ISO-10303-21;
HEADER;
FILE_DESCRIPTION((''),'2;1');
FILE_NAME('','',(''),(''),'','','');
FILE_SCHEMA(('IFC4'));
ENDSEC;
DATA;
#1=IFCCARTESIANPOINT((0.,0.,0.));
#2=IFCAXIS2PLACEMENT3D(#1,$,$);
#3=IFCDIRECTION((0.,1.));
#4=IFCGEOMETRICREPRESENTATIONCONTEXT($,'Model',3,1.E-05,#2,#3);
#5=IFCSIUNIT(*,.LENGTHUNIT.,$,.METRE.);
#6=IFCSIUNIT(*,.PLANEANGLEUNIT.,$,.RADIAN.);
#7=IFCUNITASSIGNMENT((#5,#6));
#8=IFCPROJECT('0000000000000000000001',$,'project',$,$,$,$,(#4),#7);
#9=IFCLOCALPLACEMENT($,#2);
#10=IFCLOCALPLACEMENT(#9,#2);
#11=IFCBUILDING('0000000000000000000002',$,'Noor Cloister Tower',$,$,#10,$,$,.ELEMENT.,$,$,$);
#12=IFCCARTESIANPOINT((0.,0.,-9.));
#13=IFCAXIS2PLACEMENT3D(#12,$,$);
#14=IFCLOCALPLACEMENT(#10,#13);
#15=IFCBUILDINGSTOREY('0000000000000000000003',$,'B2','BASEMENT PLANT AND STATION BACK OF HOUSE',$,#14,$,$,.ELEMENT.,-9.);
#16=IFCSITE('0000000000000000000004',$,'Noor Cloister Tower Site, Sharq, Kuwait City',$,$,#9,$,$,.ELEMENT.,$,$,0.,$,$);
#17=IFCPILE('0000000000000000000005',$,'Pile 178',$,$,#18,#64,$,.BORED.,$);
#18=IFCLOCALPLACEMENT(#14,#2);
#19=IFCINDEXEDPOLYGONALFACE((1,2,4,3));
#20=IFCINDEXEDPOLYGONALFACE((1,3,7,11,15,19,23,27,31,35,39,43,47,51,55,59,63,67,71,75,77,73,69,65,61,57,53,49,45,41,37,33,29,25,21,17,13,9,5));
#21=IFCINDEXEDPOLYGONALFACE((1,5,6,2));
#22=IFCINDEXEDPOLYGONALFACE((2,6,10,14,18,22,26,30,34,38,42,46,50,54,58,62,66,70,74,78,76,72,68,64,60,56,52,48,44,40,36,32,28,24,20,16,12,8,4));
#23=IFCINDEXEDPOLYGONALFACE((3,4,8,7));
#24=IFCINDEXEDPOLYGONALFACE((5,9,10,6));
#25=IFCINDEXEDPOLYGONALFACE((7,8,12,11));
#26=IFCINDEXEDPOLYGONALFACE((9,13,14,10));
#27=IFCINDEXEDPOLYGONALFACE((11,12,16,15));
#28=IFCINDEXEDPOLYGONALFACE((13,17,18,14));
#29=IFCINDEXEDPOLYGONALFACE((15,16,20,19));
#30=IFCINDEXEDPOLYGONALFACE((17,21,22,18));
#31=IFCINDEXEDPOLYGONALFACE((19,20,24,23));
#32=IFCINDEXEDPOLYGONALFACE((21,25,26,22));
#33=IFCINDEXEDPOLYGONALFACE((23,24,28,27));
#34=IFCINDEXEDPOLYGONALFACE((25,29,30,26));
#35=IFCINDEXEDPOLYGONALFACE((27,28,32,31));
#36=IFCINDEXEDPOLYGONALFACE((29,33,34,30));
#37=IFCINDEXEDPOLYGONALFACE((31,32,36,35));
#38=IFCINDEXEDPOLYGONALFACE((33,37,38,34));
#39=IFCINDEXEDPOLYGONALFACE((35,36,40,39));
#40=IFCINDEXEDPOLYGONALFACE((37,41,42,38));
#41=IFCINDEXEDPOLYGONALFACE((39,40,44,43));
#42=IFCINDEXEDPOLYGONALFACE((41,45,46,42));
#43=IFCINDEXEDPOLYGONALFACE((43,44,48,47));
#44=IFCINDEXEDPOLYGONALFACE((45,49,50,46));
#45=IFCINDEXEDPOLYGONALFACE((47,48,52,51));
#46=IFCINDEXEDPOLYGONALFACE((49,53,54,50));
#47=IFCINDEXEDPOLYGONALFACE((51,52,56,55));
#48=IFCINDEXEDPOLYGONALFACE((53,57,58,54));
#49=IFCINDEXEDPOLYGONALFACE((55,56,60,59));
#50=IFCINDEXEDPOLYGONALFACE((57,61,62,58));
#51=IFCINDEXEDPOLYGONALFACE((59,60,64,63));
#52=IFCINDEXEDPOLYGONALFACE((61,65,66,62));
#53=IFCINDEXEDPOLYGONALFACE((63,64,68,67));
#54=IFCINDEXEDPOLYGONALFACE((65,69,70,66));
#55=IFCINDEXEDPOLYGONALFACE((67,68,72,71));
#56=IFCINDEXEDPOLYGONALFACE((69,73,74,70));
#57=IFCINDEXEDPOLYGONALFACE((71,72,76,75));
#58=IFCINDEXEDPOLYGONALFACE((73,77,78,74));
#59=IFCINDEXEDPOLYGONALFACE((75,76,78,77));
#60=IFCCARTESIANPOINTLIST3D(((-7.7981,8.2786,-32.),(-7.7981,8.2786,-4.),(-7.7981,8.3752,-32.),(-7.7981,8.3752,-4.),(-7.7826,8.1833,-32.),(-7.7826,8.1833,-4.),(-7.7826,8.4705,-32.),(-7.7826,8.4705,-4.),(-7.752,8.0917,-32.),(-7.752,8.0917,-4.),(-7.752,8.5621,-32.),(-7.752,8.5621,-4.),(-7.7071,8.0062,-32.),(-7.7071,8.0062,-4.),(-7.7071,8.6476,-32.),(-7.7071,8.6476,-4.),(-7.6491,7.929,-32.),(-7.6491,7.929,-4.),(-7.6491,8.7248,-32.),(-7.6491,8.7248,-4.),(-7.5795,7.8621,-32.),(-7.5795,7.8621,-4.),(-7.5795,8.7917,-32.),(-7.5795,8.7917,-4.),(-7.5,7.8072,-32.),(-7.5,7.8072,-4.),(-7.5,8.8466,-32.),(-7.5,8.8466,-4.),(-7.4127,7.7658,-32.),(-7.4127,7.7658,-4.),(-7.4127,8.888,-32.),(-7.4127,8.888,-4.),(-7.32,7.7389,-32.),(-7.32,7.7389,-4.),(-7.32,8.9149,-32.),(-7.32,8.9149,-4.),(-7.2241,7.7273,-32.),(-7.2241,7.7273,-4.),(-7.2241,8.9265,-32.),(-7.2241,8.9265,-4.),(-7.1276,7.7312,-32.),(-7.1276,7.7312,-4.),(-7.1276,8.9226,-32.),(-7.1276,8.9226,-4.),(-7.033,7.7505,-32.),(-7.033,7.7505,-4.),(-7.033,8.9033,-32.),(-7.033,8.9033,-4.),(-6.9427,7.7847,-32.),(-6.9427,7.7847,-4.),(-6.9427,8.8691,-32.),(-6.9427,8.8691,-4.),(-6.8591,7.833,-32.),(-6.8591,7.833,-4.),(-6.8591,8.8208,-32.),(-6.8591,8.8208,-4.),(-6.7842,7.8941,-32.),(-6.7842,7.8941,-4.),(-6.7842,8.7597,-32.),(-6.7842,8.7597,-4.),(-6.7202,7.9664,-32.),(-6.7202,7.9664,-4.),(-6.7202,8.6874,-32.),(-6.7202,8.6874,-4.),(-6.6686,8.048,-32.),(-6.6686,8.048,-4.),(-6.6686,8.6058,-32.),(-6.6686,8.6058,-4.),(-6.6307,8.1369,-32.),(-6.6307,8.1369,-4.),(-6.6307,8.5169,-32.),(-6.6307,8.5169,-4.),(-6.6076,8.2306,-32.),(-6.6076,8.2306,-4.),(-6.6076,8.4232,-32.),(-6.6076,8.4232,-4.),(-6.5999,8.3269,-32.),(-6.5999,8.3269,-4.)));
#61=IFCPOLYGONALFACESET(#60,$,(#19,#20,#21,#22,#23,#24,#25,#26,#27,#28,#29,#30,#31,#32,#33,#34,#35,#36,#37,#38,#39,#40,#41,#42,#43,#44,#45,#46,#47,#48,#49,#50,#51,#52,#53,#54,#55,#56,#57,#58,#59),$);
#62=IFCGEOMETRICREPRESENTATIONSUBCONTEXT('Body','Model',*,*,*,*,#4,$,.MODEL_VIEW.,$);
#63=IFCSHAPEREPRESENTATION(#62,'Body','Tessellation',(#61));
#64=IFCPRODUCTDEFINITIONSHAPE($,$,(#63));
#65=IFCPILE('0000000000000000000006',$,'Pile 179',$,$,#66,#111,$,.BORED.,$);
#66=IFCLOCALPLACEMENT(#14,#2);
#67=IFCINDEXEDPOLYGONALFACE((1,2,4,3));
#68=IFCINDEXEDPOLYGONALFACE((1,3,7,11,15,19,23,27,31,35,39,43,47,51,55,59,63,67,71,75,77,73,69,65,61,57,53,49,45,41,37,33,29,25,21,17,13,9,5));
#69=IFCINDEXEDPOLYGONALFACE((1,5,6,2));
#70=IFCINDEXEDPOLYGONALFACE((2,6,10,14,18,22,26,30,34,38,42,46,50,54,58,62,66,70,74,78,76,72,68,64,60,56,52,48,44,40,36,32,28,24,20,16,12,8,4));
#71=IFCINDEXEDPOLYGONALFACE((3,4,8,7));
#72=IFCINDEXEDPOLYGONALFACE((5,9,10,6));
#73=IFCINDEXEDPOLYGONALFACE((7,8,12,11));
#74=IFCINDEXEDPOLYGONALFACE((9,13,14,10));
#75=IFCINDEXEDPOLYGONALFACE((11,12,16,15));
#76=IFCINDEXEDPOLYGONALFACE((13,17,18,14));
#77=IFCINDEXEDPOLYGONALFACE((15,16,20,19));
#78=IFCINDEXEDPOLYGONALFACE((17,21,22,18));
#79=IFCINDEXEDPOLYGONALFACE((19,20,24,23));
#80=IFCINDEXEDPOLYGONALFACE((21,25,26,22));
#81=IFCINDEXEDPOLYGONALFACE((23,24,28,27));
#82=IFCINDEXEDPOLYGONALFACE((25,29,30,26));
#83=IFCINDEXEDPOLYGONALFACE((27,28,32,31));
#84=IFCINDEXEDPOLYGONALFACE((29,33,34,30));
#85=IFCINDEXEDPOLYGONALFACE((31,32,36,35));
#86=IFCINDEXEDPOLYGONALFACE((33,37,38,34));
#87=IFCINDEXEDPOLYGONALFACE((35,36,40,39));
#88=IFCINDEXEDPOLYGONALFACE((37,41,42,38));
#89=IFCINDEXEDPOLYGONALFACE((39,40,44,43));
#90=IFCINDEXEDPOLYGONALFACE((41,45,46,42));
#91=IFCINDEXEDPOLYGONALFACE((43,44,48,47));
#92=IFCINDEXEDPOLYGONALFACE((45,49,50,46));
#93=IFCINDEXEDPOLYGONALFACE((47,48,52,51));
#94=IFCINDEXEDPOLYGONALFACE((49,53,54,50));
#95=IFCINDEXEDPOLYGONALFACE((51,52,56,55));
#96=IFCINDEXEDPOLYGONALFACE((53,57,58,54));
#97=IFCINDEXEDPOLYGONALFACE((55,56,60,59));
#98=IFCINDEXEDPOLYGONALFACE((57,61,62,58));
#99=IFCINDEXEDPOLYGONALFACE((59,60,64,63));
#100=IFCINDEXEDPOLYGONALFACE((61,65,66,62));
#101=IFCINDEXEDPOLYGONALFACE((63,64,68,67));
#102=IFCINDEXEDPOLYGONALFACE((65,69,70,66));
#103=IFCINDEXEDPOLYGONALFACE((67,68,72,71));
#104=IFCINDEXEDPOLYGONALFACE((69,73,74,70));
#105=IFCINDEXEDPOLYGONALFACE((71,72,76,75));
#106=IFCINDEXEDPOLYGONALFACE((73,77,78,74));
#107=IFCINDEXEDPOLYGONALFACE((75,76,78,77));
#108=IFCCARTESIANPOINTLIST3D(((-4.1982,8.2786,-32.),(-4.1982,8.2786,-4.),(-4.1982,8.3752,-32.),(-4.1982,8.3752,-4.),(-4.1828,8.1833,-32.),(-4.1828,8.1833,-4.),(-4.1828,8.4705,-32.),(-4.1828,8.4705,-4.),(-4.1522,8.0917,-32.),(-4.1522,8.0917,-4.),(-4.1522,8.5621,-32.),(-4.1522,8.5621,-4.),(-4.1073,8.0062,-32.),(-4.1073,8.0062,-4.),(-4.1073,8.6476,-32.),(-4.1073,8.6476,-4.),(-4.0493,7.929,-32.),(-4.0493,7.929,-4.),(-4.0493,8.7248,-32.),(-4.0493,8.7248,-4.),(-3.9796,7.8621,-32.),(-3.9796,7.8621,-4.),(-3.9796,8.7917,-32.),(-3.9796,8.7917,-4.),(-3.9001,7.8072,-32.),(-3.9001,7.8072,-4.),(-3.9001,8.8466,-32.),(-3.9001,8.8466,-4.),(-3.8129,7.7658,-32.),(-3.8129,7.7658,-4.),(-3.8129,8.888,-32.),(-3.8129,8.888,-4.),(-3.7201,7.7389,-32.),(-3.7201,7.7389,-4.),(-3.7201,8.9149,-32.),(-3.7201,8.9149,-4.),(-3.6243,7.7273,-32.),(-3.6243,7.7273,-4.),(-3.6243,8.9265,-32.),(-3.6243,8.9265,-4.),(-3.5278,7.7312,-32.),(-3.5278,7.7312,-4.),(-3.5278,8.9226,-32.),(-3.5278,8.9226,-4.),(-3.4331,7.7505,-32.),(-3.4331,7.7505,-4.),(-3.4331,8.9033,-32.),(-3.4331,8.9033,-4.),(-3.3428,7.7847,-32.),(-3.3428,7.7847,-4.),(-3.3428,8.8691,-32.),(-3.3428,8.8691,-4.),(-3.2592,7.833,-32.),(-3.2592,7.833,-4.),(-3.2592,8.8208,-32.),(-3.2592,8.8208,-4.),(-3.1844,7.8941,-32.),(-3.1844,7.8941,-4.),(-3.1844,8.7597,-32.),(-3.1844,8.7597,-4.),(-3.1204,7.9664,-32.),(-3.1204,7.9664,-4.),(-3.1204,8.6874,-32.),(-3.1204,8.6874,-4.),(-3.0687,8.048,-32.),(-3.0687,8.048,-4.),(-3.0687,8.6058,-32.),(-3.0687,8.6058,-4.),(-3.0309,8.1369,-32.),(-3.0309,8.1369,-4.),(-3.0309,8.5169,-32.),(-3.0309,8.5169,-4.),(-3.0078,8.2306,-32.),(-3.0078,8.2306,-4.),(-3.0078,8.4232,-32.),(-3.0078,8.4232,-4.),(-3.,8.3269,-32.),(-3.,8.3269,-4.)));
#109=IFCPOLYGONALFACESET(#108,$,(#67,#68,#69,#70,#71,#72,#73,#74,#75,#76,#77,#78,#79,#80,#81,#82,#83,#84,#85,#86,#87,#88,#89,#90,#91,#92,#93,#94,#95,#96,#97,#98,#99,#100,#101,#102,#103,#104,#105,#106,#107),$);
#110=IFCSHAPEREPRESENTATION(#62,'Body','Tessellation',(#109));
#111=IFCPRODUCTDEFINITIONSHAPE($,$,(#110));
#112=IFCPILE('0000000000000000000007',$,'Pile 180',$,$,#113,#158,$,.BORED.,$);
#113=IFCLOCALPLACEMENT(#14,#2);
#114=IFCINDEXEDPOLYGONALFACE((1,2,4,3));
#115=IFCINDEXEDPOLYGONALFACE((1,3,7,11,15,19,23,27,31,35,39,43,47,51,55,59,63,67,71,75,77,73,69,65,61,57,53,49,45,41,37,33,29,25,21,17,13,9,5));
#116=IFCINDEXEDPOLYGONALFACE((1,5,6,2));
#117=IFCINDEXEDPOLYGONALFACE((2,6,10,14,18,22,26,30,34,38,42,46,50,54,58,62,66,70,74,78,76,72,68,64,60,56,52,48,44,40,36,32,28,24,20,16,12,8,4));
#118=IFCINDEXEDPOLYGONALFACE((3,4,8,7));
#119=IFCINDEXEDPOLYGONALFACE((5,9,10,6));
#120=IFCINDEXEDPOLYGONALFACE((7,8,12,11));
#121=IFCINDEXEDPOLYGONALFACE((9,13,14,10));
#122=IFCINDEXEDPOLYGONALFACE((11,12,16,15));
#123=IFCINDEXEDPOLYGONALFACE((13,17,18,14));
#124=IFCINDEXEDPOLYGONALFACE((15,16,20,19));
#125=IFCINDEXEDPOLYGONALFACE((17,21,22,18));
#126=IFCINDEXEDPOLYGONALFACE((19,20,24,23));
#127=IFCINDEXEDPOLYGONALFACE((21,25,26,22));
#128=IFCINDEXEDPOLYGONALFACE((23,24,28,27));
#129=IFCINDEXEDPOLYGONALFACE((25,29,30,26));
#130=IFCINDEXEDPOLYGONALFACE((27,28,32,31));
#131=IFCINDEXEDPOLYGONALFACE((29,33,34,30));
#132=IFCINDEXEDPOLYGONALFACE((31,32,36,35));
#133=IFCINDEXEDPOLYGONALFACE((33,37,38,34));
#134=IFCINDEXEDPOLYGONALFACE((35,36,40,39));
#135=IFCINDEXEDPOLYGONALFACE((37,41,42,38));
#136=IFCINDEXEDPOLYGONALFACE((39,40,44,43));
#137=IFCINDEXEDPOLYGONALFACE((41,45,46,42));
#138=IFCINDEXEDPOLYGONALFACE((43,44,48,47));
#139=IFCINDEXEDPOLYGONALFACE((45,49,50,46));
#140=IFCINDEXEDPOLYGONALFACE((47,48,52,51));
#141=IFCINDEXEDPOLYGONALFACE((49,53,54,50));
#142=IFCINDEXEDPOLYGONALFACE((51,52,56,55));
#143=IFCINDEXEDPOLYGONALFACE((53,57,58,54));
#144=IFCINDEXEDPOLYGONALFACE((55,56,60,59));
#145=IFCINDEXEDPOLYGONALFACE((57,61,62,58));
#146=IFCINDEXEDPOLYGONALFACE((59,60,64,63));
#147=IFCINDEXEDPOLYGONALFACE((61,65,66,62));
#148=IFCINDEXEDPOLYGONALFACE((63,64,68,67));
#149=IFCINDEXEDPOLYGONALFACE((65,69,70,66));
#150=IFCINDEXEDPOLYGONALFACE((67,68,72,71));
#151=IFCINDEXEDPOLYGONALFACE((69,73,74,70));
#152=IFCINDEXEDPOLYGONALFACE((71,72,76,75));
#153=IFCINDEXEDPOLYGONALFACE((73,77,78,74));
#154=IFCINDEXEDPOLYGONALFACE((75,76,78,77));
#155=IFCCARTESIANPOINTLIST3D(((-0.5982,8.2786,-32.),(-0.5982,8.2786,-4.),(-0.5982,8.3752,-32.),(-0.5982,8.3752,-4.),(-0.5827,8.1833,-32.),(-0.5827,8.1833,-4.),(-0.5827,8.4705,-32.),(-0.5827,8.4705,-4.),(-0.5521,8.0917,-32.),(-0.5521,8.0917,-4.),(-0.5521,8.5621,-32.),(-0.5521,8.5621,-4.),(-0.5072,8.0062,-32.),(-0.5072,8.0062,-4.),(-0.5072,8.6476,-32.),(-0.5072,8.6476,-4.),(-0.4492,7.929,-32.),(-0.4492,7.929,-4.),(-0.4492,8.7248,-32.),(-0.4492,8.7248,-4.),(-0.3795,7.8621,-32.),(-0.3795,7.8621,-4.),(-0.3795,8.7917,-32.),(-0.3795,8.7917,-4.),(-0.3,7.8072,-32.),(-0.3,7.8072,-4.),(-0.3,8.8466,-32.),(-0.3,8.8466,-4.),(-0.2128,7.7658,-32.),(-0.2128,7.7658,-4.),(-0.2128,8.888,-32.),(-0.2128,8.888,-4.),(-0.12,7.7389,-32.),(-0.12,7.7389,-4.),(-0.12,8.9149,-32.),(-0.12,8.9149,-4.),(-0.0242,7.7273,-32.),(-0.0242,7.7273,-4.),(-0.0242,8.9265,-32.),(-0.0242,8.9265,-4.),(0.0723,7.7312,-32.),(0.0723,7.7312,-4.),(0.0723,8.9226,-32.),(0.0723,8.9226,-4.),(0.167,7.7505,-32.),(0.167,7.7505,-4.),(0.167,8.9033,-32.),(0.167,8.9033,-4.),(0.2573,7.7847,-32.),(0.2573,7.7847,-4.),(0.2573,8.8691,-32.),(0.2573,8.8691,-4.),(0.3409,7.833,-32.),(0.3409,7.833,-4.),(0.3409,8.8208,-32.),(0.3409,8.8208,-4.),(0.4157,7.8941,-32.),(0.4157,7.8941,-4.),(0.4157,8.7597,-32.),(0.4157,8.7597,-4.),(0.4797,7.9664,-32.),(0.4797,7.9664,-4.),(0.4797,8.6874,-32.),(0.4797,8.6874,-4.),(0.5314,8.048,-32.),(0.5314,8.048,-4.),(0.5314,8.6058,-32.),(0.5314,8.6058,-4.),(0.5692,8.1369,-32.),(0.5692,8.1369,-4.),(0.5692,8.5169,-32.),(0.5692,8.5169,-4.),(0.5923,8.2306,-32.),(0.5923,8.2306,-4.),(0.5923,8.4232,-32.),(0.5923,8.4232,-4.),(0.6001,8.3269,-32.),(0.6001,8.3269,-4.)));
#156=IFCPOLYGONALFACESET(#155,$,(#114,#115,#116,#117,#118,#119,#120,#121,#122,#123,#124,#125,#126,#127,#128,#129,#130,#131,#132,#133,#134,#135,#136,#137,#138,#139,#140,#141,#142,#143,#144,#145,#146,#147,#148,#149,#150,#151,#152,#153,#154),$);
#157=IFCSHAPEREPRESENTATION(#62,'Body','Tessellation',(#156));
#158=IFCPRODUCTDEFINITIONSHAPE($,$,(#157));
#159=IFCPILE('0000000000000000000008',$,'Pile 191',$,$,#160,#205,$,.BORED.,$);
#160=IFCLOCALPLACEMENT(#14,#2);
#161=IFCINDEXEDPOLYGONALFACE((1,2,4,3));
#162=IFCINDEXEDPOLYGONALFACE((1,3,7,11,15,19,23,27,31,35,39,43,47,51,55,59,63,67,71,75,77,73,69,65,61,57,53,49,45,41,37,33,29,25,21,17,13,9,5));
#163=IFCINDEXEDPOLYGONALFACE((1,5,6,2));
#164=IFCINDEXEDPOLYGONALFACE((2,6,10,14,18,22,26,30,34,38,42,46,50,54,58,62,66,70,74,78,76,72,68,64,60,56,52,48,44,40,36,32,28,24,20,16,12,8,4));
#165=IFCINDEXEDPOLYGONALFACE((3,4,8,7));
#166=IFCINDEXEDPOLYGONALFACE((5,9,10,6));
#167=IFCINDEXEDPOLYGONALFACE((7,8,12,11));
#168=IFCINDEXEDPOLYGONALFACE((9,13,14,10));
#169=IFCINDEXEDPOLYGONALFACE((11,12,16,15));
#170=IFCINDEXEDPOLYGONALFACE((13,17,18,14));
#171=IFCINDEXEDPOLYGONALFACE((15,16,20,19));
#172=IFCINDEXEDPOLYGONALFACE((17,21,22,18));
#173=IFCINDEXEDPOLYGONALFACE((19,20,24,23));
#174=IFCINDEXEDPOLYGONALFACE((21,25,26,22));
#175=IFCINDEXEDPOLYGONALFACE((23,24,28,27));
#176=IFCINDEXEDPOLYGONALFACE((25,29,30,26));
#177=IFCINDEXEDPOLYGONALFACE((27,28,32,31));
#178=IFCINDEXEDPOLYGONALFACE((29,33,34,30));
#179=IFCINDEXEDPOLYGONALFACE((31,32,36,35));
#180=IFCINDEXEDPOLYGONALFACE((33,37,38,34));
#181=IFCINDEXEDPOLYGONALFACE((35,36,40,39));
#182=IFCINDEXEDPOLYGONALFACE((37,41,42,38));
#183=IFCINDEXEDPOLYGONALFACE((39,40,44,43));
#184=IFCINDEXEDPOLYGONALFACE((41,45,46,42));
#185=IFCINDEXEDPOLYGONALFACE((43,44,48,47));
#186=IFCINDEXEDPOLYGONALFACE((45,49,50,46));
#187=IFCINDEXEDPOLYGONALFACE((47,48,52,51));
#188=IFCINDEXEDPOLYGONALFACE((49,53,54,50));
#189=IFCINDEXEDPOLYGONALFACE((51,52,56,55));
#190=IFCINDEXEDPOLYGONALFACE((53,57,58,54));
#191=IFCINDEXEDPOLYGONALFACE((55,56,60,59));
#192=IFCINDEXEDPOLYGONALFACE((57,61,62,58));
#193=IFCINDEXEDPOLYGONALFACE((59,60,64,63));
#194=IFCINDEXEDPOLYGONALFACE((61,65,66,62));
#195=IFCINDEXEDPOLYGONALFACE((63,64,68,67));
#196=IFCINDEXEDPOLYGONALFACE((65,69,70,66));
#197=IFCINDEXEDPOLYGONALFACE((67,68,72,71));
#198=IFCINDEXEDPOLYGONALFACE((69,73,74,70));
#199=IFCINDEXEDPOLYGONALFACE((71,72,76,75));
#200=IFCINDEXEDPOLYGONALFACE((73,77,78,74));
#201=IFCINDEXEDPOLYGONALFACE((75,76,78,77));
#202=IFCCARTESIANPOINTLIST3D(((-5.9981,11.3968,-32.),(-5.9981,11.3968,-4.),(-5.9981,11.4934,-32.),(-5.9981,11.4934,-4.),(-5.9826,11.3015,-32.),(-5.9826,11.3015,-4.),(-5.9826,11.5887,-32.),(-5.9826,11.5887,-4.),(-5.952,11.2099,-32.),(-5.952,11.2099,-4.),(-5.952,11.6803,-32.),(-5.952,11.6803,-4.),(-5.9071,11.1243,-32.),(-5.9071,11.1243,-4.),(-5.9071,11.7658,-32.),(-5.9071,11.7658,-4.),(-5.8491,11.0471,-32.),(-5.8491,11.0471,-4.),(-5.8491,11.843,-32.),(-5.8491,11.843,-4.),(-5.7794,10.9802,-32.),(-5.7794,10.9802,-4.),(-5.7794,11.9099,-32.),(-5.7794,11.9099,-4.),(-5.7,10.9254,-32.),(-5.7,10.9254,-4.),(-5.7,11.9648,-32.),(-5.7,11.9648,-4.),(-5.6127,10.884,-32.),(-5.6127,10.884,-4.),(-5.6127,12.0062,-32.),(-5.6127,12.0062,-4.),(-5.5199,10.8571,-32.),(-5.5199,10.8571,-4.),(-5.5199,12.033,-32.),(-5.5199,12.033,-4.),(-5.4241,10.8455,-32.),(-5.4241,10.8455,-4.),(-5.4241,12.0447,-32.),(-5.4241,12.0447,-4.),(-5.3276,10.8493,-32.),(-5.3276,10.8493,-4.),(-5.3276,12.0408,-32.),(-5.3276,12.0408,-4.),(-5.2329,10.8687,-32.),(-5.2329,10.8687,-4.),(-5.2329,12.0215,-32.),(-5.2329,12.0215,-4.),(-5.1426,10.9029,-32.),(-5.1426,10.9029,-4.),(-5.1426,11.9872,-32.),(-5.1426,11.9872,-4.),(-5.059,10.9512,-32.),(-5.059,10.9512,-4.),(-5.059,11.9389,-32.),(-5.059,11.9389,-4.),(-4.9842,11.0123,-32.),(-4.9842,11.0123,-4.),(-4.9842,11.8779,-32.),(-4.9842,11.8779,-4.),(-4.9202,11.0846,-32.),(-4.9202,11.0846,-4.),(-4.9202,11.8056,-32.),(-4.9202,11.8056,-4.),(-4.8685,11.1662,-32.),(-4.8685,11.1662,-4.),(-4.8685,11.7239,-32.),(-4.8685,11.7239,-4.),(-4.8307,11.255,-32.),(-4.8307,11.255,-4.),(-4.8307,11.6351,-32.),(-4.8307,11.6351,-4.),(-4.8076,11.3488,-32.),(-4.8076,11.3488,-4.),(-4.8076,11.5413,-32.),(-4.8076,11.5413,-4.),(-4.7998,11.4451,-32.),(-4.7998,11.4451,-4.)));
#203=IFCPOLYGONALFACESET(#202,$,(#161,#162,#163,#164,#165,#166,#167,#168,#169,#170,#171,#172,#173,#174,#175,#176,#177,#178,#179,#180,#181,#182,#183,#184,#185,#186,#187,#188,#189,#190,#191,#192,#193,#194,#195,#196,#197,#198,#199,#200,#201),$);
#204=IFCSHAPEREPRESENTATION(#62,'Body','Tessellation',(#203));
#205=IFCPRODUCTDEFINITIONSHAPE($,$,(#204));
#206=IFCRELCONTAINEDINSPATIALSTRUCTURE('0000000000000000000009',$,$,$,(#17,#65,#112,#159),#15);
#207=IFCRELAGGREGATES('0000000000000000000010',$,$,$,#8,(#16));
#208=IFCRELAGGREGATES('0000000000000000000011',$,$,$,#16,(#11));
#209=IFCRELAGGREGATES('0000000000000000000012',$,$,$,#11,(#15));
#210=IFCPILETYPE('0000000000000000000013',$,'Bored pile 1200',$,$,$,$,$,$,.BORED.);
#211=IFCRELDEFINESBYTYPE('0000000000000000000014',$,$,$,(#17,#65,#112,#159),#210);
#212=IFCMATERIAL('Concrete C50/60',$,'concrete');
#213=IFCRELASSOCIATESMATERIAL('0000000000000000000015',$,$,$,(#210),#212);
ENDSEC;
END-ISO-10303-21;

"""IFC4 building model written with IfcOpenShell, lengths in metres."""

from ifc_helpers import new_model, si_unit, direction, frame, origin, origin_2d, place, context, subcontext, project, spatial, circle, extrude, material, material_profile, profile_set, type_object, element, save


model = new_model("IFC4")

# Units and contexts
model_context = context("Model", 3, precision=1e-05, world=origin(), true_north=direction((0.0, 1.0)))
body_context = subcontext(model_context, "Body", "Model", "MODEL_VIEW")
ifc_project = project(units=[si_unit("LENGTHUNIT", "METRE"), si_unit("PLANEANGLEUNIT", "RADIAN")], contexts=[model_context])

# Site, building, storey
site_placement = place(None, origin())
site = spatial("IfcSite", under=ifc_project, at=site_placement, Name="Noor Cloister Tower Site, Sharq, Kuwait City", CompositionType="ELEMENT", RefElevation=0.0)
building_placement = place(site_placement, origin())
building = spatial("IfcBuilding", under=site, at=building_placement, Name="Noor Cloister Tower", CompositionType="ELEMENT")
storey_placement = place(building_placement, frame((0.0, 0.0, -9.0)))
storey = spatial("IfcBuildingStorey", under=building, at=storey_placement, Name="B2", Description="BASEMENT PLANT AND STATION BACK OF HOUSE", CompositionType="ELEMENT", Elevation=-9.0)

# Piles
ifc_material_1 = material(Name="Concrete C50/60", Category="concrete")
ifc_material_profile = material_profile(ifc_material_1, circle(Radius=0.6001, at=origin_2d()), Name="Bored pile 1200")
ifc_profile_set = profile_set([ifc_material_profile], Name="Concrete C50/60")
pile_type = type_object("IfcPileType", Name="Bored pile 1200", PredefinedType="BORED", material=ifc_profile_set)
for number, where, z_axis, x_axis, name in (
    (1, (-7.2, 8.3269, -4.0), (0.0, 0.0, -1.0), (1.0, 0.0, 0.0), "Pile 178"),
    (2, (-3.6001, 8.3269, -4.0), (0.0, 0.0, -1.0), (1.0, 0.0, 0.0), "Pile 179"),
    (3, (0.0, 8.3269, -4.0), (0.0, 0.0, -1.0), (1.0, 0.0, 0.0), "Pile 180"),
    (4, (-5.3999, 11.4451, -4.0), (0.0, 0.0, -1.0), (1.0, 0.0, 0.0), "Pile 191"),
):
    element("IfcPile", number, at=place(storey_placement, frame(where, z_axis=z_axis, x_axis=x_axis)), inside=storey, type_object=pile_type, Name=name, PredefinedType="BORED", context=body_context, shape_type="SweptSolid", body=[
        extrude(circle(Radius=0.6001, at=origin_2d()), origin(), (0.0, 0.0, 1.0), 28.0),
    ])

save(model, "model.ifc")
